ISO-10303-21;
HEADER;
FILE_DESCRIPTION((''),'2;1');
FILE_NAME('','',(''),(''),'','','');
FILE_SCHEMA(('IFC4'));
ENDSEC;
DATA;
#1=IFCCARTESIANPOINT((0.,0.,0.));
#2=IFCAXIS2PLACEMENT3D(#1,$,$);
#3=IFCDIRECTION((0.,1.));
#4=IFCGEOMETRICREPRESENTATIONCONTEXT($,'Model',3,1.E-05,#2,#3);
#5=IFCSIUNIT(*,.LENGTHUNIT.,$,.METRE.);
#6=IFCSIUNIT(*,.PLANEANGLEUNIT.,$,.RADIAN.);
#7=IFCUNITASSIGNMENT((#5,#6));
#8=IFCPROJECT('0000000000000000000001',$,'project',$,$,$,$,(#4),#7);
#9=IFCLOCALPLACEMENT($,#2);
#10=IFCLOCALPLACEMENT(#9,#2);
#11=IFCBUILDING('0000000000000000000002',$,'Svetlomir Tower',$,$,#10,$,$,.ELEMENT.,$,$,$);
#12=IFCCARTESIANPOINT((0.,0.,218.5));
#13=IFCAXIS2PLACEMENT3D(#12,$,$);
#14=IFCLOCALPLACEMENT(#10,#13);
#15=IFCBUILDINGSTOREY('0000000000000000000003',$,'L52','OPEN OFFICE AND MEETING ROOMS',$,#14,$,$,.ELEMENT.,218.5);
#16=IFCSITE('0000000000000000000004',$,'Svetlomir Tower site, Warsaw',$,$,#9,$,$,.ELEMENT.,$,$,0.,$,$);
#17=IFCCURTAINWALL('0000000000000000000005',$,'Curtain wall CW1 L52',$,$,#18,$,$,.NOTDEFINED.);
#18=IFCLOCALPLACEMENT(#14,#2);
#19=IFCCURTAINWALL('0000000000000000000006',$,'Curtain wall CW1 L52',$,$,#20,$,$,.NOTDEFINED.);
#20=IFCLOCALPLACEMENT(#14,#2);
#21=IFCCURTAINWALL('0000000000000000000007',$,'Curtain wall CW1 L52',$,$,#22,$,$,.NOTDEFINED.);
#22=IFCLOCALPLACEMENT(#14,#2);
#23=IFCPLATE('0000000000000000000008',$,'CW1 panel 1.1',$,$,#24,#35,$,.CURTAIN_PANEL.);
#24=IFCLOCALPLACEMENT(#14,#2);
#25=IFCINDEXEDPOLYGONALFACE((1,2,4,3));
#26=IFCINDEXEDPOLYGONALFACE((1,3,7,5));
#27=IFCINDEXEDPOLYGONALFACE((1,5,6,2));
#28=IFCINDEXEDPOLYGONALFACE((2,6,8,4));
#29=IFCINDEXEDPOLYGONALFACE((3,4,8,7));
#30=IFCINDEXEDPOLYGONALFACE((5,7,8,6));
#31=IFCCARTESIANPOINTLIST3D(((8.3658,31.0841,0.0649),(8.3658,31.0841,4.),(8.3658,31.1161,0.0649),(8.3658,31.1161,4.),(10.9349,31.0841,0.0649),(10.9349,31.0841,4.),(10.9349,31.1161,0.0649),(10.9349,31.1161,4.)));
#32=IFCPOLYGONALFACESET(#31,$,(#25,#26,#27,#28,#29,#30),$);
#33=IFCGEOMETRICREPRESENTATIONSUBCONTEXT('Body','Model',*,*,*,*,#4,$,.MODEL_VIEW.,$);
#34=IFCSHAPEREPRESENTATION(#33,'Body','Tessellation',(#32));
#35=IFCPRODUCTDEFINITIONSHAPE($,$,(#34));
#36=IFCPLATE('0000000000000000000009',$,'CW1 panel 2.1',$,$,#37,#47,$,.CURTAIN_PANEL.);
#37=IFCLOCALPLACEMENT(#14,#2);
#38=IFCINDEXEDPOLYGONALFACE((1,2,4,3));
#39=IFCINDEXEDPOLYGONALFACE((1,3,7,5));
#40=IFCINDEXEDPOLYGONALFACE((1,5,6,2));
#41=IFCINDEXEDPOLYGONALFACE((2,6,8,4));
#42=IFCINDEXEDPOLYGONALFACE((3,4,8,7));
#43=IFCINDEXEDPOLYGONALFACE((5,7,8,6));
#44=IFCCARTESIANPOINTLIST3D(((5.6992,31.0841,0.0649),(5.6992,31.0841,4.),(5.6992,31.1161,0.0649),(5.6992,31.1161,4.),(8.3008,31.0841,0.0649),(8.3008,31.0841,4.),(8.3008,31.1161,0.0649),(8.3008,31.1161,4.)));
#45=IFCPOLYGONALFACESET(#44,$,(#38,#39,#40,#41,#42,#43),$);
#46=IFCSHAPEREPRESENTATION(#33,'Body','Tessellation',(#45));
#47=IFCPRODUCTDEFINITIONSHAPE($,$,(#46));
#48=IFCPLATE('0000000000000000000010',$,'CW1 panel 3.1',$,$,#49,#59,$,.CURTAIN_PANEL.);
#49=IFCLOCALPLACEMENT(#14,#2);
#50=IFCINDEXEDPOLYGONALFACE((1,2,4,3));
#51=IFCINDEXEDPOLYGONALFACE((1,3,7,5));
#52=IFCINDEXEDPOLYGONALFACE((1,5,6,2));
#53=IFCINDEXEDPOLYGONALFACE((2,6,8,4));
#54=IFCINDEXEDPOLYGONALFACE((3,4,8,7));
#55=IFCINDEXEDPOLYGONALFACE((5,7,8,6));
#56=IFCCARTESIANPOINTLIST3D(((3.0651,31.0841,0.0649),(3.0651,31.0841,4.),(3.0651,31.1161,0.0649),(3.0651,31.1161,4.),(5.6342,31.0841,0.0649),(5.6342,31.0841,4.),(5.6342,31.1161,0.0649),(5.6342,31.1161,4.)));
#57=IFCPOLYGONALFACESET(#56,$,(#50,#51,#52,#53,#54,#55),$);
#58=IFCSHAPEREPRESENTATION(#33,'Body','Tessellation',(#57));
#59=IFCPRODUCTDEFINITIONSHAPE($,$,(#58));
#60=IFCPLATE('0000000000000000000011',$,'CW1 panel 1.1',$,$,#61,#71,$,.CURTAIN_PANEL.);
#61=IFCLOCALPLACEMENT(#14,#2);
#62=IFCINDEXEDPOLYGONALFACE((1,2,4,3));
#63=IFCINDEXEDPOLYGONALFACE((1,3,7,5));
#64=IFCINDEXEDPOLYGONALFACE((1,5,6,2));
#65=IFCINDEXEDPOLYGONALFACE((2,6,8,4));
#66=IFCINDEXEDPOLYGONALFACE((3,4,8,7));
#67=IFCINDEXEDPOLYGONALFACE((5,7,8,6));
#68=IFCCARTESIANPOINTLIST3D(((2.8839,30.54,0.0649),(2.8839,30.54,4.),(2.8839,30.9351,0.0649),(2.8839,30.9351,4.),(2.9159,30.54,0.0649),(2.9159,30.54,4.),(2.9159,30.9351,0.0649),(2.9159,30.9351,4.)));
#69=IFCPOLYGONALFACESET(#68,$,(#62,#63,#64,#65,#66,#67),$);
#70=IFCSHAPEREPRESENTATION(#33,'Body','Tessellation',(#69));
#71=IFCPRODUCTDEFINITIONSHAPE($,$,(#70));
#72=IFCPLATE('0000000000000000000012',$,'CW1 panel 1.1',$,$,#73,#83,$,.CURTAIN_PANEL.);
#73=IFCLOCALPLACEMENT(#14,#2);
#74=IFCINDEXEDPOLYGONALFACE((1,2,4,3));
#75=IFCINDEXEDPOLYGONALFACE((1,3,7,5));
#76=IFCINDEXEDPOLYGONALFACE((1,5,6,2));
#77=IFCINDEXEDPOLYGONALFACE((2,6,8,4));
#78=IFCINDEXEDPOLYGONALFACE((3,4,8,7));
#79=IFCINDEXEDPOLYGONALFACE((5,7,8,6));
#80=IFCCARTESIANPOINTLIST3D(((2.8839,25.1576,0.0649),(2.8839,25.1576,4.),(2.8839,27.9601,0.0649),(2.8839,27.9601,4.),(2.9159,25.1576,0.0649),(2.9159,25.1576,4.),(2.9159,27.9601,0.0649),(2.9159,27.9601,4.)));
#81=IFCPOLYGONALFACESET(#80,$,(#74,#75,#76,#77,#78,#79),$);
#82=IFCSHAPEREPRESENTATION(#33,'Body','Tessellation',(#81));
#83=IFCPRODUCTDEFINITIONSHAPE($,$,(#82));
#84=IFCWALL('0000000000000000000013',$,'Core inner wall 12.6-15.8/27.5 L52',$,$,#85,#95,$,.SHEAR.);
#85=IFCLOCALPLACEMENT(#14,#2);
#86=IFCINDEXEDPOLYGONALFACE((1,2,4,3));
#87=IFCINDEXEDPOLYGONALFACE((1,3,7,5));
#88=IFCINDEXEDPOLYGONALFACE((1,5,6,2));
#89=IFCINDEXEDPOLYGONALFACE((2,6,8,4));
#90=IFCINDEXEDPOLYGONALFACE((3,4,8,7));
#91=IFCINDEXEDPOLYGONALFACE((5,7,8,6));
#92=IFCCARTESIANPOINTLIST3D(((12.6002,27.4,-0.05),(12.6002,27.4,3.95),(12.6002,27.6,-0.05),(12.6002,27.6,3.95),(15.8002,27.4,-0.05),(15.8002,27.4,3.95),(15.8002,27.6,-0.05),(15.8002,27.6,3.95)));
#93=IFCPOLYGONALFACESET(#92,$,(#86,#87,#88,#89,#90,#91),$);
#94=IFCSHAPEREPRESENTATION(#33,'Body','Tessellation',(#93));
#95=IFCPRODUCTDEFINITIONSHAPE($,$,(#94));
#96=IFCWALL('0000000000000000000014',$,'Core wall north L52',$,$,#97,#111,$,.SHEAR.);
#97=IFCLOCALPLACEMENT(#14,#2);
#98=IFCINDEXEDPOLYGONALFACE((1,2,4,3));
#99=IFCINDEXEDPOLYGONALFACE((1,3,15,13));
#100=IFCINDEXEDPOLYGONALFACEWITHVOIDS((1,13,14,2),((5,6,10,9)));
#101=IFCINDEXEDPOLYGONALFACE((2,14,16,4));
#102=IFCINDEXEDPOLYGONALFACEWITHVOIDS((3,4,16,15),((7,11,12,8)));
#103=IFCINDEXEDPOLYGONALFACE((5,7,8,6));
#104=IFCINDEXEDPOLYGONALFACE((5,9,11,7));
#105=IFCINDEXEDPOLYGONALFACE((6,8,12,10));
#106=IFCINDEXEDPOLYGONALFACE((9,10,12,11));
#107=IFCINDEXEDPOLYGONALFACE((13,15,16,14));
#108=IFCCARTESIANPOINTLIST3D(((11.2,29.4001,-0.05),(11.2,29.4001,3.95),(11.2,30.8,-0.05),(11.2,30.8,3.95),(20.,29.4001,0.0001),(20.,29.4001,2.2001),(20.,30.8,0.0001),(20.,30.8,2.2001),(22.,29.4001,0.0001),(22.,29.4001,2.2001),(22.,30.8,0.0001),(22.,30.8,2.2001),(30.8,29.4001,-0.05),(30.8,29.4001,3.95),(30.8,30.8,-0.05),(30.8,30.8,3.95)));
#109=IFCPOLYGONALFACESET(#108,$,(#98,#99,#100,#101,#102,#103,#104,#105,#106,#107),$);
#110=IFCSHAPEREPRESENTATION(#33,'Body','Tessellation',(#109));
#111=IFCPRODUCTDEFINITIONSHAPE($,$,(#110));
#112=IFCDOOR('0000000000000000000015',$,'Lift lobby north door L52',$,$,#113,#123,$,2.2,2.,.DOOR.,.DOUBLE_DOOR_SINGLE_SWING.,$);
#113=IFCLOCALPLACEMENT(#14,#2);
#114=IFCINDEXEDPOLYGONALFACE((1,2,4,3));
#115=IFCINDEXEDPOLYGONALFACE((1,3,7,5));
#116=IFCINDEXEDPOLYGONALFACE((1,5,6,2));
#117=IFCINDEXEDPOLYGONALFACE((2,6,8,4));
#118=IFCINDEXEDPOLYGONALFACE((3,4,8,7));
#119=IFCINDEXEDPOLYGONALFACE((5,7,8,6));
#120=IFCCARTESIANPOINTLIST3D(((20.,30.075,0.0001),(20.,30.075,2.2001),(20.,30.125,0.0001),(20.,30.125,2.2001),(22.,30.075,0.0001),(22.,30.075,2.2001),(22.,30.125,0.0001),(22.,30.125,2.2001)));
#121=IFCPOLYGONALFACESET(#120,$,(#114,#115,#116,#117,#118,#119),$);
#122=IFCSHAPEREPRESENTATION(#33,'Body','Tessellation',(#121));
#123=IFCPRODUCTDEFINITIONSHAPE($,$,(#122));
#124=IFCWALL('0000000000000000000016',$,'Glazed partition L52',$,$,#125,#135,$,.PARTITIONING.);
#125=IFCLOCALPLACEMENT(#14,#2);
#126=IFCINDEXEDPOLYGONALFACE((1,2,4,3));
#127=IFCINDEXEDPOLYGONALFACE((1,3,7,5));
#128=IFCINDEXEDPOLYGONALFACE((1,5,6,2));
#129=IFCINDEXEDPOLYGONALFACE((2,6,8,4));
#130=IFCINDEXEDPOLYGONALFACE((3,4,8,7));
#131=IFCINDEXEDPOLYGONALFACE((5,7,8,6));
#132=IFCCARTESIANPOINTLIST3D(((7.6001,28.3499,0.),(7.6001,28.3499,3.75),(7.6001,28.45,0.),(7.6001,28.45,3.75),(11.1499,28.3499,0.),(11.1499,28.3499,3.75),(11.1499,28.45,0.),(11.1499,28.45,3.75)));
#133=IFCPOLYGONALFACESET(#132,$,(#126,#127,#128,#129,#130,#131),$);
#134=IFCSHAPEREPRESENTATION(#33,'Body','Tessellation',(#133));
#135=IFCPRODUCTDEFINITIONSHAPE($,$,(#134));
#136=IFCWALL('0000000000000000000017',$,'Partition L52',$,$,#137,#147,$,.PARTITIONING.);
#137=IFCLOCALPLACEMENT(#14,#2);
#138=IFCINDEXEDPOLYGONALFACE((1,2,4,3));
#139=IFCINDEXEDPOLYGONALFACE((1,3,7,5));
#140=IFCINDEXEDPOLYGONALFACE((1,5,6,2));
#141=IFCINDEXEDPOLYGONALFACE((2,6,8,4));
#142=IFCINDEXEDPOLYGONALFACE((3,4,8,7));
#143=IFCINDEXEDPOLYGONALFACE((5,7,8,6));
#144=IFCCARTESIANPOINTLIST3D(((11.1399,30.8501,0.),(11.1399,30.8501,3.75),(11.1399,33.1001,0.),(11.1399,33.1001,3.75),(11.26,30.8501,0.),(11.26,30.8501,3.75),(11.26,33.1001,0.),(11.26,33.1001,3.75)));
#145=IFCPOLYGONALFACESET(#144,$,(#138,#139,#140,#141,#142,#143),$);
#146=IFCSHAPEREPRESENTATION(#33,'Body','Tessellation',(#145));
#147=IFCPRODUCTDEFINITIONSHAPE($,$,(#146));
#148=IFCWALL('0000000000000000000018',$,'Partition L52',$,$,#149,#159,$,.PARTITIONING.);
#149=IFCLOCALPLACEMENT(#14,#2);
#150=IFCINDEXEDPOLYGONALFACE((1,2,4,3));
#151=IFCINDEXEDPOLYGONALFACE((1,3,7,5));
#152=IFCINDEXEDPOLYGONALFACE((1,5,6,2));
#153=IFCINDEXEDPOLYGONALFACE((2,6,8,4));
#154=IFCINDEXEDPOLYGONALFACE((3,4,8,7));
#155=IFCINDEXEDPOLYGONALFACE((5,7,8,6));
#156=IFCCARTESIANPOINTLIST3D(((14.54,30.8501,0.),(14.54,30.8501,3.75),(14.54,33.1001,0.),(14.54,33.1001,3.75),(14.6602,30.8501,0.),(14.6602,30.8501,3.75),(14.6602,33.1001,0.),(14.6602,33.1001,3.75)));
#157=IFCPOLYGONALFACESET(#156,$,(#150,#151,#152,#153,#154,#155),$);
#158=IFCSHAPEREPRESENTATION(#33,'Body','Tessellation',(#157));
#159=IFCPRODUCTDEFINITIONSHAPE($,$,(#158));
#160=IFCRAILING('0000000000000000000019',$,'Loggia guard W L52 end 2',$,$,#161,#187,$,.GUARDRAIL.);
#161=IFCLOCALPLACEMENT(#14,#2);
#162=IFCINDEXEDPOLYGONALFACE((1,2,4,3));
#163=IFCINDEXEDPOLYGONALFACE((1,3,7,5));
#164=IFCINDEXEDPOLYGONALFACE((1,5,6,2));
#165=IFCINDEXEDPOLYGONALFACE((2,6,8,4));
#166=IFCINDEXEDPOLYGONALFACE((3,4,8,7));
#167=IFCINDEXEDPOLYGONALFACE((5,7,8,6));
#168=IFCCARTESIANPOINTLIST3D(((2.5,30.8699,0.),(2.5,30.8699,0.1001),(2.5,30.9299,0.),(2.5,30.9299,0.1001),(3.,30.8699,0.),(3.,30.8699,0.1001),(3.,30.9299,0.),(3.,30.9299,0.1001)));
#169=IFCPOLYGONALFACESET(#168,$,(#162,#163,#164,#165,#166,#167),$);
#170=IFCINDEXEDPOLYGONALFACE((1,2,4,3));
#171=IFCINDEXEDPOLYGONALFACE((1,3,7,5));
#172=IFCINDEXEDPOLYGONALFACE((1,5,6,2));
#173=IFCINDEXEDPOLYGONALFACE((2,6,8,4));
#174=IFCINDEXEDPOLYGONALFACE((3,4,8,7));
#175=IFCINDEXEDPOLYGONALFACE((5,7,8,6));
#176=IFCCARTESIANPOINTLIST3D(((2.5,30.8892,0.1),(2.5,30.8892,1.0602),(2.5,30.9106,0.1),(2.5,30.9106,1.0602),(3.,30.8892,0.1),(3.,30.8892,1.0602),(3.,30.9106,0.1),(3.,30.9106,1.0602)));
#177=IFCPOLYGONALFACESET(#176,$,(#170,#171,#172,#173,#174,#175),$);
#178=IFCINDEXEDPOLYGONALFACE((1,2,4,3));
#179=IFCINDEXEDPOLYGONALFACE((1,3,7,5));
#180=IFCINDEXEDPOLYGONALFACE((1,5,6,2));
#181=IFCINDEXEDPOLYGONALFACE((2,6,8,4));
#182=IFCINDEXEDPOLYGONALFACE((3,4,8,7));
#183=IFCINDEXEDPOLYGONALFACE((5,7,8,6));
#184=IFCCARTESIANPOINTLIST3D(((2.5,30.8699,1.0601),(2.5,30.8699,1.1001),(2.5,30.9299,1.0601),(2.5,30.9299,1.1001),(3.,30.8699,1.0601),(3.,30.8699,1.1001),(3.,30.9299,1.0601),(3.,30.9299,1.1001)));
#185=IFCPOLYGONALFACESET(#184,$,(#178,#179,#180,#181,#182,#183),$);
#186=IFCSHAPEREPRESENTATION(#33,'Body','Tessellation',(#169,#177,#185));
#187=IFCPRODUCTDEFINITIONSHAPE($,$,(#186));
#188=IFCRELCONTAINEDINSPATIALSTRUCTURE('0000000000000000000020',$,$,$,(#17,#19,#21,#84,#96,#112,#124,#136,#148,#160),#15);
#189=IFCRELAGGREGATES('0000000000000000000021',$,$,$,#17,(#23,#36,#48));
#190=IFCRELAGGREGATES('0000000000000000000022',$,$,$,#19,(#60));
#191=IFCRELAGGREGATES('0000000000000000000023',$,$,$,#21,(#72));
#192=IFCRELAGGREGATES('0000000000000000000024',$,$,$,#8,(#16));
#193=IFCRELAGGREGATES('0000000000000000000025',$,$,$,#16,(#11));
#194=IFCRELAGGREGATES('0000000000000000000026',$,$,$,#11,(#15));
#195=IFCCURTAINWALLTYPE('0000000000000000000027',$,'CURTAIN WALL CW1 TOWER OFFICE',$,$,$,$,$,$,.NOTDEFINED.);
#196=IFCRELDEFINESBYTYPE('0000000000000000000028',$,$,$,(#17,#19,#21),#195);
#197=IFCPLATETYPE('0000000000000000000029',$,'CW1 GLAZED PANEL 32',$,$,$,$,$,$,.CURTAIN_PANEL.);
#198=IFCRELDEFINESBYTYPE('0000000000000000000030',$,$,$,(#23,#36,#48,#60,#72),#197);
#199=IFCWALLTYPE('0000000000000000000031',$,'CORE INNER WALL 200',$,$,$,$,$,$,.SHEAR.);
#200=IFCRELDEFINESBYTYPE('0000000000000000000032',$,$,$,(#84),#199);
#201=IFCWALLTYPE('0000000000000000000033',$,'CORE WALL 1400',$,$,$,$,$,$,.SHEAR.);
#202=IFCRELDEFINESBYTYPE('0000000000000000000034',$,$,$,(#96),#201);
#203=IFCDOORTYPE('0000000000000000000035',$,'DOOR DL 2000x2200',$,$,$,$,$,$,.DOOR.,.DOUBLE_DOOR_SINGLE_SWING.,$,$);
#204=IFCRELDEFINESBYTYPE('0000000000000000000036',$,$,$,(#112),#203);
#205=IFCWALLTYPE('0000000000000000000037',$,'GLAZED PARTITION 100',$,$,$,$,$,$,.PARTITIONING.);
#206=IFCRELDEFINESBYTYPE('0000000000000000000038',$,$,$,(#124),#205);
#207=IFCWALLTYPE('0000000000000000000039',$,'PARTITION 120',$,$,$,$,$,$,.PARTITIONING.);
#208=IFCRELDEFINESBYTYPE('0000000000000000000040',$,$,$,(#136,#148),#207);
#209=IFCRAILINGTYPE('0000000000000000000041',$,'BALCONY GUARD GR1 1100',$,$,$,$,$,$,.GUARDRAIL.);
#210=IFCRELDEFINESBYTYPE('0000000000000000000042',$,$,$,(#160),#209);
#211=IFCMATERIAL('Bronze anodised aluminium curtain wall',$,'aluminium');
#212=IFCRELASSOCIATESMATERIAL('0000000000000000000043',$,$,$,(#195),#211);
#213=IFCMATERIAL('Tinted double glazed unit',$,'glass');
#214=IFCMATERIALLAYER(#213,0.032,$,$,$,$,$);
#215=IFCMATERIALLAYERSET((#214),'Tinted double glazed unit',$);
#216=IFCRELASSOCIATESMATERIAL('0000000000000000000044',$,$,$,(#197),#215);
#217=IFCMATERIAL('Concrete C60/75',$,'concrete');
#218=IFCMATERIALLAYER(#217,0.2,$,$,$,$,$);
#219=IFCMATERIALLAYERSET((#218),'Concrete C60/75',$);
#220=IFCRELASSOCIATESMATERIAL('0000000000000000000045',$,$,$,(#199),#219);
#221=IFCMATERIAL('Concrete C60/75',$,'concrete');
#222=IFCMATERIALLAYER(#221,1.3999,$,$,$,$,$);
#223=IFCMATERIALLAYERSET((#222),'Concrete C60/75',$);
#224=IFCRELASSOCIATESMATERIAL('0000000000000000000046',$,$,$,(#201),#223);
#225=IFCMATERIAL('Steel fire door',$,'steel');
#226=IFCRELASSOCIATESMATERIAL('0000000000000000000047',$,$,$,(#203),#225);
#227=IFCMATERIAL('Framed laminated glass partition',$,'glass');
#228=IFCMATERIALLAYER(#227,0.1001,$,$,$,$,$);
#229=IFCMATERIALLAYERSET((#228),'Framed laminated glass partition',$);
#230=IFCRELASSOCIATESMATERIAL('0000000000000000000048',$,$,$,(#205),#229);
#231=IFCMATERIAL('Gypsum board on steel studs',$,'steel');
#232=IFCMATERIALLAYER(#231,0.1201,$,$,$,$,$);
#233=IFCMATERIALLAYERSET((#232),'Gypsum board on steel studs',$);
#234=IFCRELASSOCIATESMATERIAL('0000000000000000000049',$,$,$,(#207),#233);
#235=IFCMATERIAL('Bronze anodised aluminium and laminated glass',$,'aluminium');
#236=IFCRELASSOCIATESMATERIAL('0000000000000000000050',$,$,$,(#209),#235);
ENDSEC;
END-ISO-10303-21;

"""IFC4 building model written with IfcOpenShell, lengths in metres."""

from ifc_helpers import new_model, si_unit, direction, frame, frame_2d, origin, origin_2d, place, context, subcontext, project, spatial, rectangle, extrude, material, layer, layer_set, type_object, element, fill, aggregate, save


model = new_model("IFC4")

# Units and contexts
model_context = context("Model", 3, precision=1e-05, world=origin(), true_north=direction((0.0, 1.0)))
body_context = subcontext(model_context, "Body", "Model", "MODEL_VIEW")
ifc_project = project(units=[si_unit("LENGTHUNIT", "METRE"), si_unit("PLANEANGLEUNIT", "RADIAN")], contexts=[model_context])

# Site, building, storey
site_placement = place(None, origin())
site = spatial("IfcSite", under=ifc_project, at=site_placement, Name="Svetlomir Tower site, Warsaw", CompositionType="ELEMENT", RefElevation=0.0)
building_placement = place(site_placement, origin())
building = spatial("IfcBuilding", under=site, at=building_placement, Name="Svetlomir Tower", CompositionType="ELEMENT")
storey_placement = place(building_placement, frame((0.0, 0.0, 218.5)))
storey = spatial("IfcBuildingStorey", under=building, at=storey_placement, Name="L52", Description="OPEN OFFICE AND MEETING ROOMS", CompositionType="ELEMENT", Elevation=218.5)

# Shared definitions
ifc_material_1 = material(Name="Bronze anodised aluminium curtain wall", Category="aluminium")
curtain_wall_type = type_object("IfcCurtainWallType", Name="CURTAIN WALL CW1 TOWER OFFICE", PredefinedType="NOTDEFINED", material=ifc_material_1)

# Curtain walls
curtain_wall_1_placement = place(storey_placement, origin())
curtain_wall_1 = element("IfcCurtainWall", 1, at=curtain_wall_1_placement, inside=storey, type_object=curtain_wall_type, Name="Curtain wall CW1 L52", PredefinedType="NOTDEFINED")
curtain_wall_2_placement = place(storey_placement, origin())
curtain_wall_2 = element("IfcCurtainWall", 2, at=curtain_wall_2_placement, inside=storey, type_object=curtain_wall_type, Name="Curtain wall CW1 L52", PredefinedType="NOTDEFINED")

# Curtain wall
curtain_wall_3_placement = place(storey_placement, origin())
curtain_wall_3 = element("IfcCurtainWall", 3, at=curtain_wall_3_placement, inside=storey, type_object=curtain_wall_type, Name="Curtain wall CW1 L52", PredefinedType="NOTDEFINED")

# Plates
ifc_material_2 = material(Name="Tinted double glazed unit", Category="glass")
ifc_layer_1 = layer(ifc_material_2, 0.032)
ifc_layer_set_1 = layer_set([ifc_layer_1], Name="Tinted double glazed unit")
plate_type = type_object("IfcPlateType", Name="CW1 GLAZED PANEL 32", PredefinedType="CURTAIN_PANEL", material=ifc_layer_set_1)
plate_1_placement = place(storey_placement, frame((9.6504, 31.1001, 0.0649), z_axis=(0.0, 0.0, 1.0), x_axis=(-1.0, 0.0, 0.0)))
plate_1 = element("IfcPlate", 4, at=plate_1_placement, type_object=plate_type, Name="CW1 panel 1.1", PredefinedType="CURTAIN_PANEL", context=body_context, shape_type="SweptSolid", body=[
    extrude(rectangle(XDim=2.5691, YDim=0.032, at=origin_2d()), origin(), (0.0, 0.0, 1.0), 3.9351),
])
plate_2_placement = place(storey_placement, frame((7.0, 31.1001, 0.0649), z_axis=(0.0, 0.0, 1.0), x_axis=(-1.0, 0.0, 0.0)))
plate_2 = element("IfcPlate", 5, at=plate_2_placement, type_object=plate_type, Name="CW1 panel 2.1", PredefinedType="CURTAIN_PANEL", context=body_context, shape_type="SweptSolid", body=[
    extrude(rectangle(XDim=2.6016, YDim=0.032, at=origin_2d()), origin(), (0.0, 0.0, 1.0), 3.9351),
])
plate_3_placement = place(storey_placement, frame((4.3496, 31.1001, 0.0649), z_axis=(0.0, 0.0, 1.0), x_axis=(-1.0, 0.0, 0.0)))
plate_3 = element("IfcPlate", 6, at=plate_3_placement, type_object=plate_type, Name="CW1 panel 3.1", PredefinedType="CURTAIN_PANEL", context=body_context, shape_type="SweptSolid", body=[
    extrude(rectangle(XDim=2.5691, YDim=0.032, at=origin_2d()), origin(), (0.0, 0.0, 1.0), 3.9351),
])
aggregate(curtain_wall_1, [plate_1, plate_2, plate_3])
plate_4_placement = place(storey_placement, frame((2.8999, 30.7375, 0.0649), z_axis=(0.0, 0.0, 1.0), x_axis=(0.0, -1.0, 0.0)))
plate_4 = element("IfcPlate", 7, at=plate_4_placement, type_object=plate_type, Name="CW1 panel 1.1", PredefinedType="CURTAIN_PANEL", context=body_context, shape_type="SweptSolid", body=[
    extrude(rectangle(XDim=0.395, YDim=0.032, at=origin_2d()), origin(), (0.0, 0.0, 1.0), 3.9351),
])
aggregate(curtain_wall_2, [plate_4])
plate_5_placement = place(storey_placement, frame((2.8999, 26.5588, 0.0649), z_axis=(0.0, 0.0, 1.0), x_axis=(0.0, -1.0, 0.0)))
plate_5 = element("IfcPlate", 8, at=plate_5_placement, type_object=plate_type, Name="CW1 panel 1.1", PredefinedType="CURTAIN_PANEL", context=body_context, shape_type="SweptSolid", body=[
    extrude(rectangle(XDim=2.8025, YDim=0.032, at=origin_2d()), origin(), (0.0, 0.0, 1.0), 3.9351),
])
aggregate(curtain_wall_3, [plate_5])

# Wall
ifc_material_3 = material(Name="Concrete C60/75", Category="concrete")
ifc_layer_2 = layer(ifc_material_3, 0.2)
ifc_layer_set_2 = layer_set([ifc_layer_2], Name="Concrete C60/75")
wall_type_1 = type_object("IfcWallType", Name="CORE INNER WALL 200", PredefinedType="SHEAR", material=ifc_layer_set_2)
wall_1_placement = place(storey_placement, frame((12.6001, 27.5, -0.05), z_axis=(0.0, 0.0, 1.0), x_axis=(1.0, 0.0, 0.0)))
element("IfcWall", 9, at=wall_1_placement, inside=storey, type_object=wall_type_1, Name="Core inner wall 12.6-15.8/27.5 L52", PredefinedType="SHEAR", context=body_context, shape_type="SweptSolid", body=[
    extrude(rectangle(XDim=3.2, YDim=0.2, at=frame_2d((1.6001, 0.0))), origin(), (0.0, 0.0, 1.0), 4.0),
])

# Wall, opening, door
ifc_material_4 = material(Name="Concrete C60/75", Category="concrete")
ifc_layer_3 = layer(ifc_material_4, 1.3999)
ifc_layer_set_3 = layer_set([ifc_layer_3], Name="Concrete C60/75")
wall_type_2 = type_object("IfcWallType", Name="CORE WALL 1400", PredefinedType="SHEAR", material=ifc_layer_set_3)
wall_2_placement = place(storey_placement, frame((11.2, 30.1001, -0.05), z_axis=(0.0, 0.0, 1.0), x_axis=(1.0, 0.0, 0.0)))
wall_2 = element("IfcWall", 10, at=wall_2_placement, inside=storey, type_object=wall_type_2, Name="Core wall north L52", PredefinedType="SHEAR", context=body_context, shape_type="SweptSolid", body=[
    extrude(rectangle(XDim=19.6001, YDim=1.3999, at=frame_2d((9.8, 0.0))), origin(), (0.0, 0.0, 1.0), 4.0),
])
opening_placement = place(wall_2_placement, frame((8.8, 0.0, 0.05)))
opening = element("IfcOpeningElement", 11, at=opening_placement, cuts=wall_2, PredefinedType="OPENING", context=body_context, shape_type="SweptSolid", body=[
    extrude(rectangle(XDim=2.0, YDim=2.2, at=frame_2d((1.0, 1.1001))), frame((0.0, 0.71, 0.0), z_axis=(0.0, -1.0, 0.0), x_axis=(1.0, 0.0, 0.0)), (0.0, 0.0, 1.0), 1.4199),
])
ifc_material_5 = material(Name="Steel fire door", Category="steel")
door_type = type_object("IfcDoorType", Name="DOOR DL 2000x2200", OperationType="DOUBLE_DOOR_SINGLE_SWING", PredefinedType="DOOR", material=ifc_material_5)
door_placement = place(opening_placement, origin())
door = element("IfcDoor", 12, at=door_placement, inside=storey, type_object=door_type, Name="Lift lobby north door L52", OperationType="DOUBLE_DOOR_SINGLE_SWING", OverallHeight=2.2, OverallWidth=2.0, PredefinedType="DOOR", context=body_context, shape_type="SweptSolid", body=[
    extrude(rectangle(XDim=2.0, YDim=2.2, at=frame_2d((1.0, 1.1001))), frame((0.0, 0.0249, 0.0), z_axis=(0.0, -1.0, 0.0), x_axis=(1.0, 0.0, 0.0)), (0.0, 0.0, 1.0), 0.05),
])
fill(opening, door)

# Walls
ifc_material_6 = material(Name="Framed laminated glass partition", Category="glass")
ifc_layer_4 = layer(ifc_material_6, 0.1001)
ifc_layer_set_4 = layer_set([ifc_layer_4], Name="Framed laminated glass partition")
wall_type_3 = type_object("IfcWallType", Name="GLAZED PARTITION 100", PredefinedType="PARTITIONING", material=ifc_layer_set_4)
wall_3_placement = place(storey_placement, frame((7.6001, 28.3999, 0.0), z_axis=(0.0, 0.0, 1.0), x_axis=(1.0, 0.0, 0.0)))
element("IfcWall", 13, at=wall_3_placement, inside=storey, type_object=wall_type_3, Name="Glazed partition L52", PredefinedType="PARTITIONING", context=body_context, shape_type="SweptSolid", body=[
    extrude(rectangle(XDim=3.5498, YDim=0.1001, at=frame_2d((1.7749, 0.0))), origin(), (0.0, 0.0, 1.0), 3.75),
])
ifc_material_7 = material(Name="Gypsum board on steel studs", Category="steel")
ifc_layer_5 = layer(ifc_material_7, 0.1201)
ifc_layer_set_5 = layer_set([ifc_layer_5], Name="Gypsum board on steel studs")
wall_type_4 = type_object("IfcWallType", Name="PARTITION 120", PredefinedType="PARTITIONING", material=ifc_layer_set_5)
for number, where, z_axis, x_axis, name in (
    (14, (11.2, 30.8501, 0.0), (0.0, 0.0, 1.0), (0.0, 1.0, 0.0), "Partition L52"),
    (15, (14.6001, 30.8501, 0.0), (0.0, 0.0, 1.0), (0.0, 1.0, 0.0), "Partition L52"),
):
    element("IfcWall", number, at=place(storey_placement, frame(where, z_axis=z_axis, x_axis=x_axis)), inside=storey, type_object=wall_type_4, Name=name, PredefinedType="PARTITIONING", context=body_context, shape_type="SweptSolid", body=[
        extrude(rectangle(XDim=2.25, YDim=0.1201, at=frame_2d((1.125, 0.0))), origin(), (0.0, 0.0, 1.0), 3.75),
    ])

# Railing
ifc_material_8 = material(Name="Bronze anodised aluminium and laminated glass", Category="aluminium")
railing_type = type_object("IfcRailingType", Name="BALCONY GUARD GR1 1100", PredefinedType="GUARDRAIL", material=ifc_material_8)
railing_placement = place(storey_placement, frame((2.5, 30.8999, 0.0)))
element("IfcRailing", 16, at=railing_placement, inside=storey, type_object=railing_type, Name="Loggia guard W L52 end 2", PredefinedType="GUARDRAIL", context=body_context, shape_type="SweptSolid", body=[
    extrude(rectangle(XDim=0.0601, YDim=0.1001, at=origin_2d()), frame((0.0, 0.0, 0.05), z_axis=(1.0, 0.0, 0.0), x_axis=(0.0, 1.0, 0.0)), (0.0, 0.0, 1.0), 0.5),
    extrude(rectangle(XDim=0.0215, YDim=0.9602, at=origin_2d()), frame((0.0, 0.0, 0.5801), z_axis=(1.0, 0.0, 0.0), x_axis=(0.0, 1.0, 0.0)), (0.0, 0.0, 1.0), 0.5),
    extrude(rectangle(XDim=0.0601, YDim=0.04, at=origin_2d()), frame((0.0, 0.0, 1.0801), z_axis=(1.0, 0.0, 0.0), x_axis=(0.0, 1.0, 0.0)), (0.0, 0.0, 1.0), 0.5),
])

save(model, "model.ifc")
